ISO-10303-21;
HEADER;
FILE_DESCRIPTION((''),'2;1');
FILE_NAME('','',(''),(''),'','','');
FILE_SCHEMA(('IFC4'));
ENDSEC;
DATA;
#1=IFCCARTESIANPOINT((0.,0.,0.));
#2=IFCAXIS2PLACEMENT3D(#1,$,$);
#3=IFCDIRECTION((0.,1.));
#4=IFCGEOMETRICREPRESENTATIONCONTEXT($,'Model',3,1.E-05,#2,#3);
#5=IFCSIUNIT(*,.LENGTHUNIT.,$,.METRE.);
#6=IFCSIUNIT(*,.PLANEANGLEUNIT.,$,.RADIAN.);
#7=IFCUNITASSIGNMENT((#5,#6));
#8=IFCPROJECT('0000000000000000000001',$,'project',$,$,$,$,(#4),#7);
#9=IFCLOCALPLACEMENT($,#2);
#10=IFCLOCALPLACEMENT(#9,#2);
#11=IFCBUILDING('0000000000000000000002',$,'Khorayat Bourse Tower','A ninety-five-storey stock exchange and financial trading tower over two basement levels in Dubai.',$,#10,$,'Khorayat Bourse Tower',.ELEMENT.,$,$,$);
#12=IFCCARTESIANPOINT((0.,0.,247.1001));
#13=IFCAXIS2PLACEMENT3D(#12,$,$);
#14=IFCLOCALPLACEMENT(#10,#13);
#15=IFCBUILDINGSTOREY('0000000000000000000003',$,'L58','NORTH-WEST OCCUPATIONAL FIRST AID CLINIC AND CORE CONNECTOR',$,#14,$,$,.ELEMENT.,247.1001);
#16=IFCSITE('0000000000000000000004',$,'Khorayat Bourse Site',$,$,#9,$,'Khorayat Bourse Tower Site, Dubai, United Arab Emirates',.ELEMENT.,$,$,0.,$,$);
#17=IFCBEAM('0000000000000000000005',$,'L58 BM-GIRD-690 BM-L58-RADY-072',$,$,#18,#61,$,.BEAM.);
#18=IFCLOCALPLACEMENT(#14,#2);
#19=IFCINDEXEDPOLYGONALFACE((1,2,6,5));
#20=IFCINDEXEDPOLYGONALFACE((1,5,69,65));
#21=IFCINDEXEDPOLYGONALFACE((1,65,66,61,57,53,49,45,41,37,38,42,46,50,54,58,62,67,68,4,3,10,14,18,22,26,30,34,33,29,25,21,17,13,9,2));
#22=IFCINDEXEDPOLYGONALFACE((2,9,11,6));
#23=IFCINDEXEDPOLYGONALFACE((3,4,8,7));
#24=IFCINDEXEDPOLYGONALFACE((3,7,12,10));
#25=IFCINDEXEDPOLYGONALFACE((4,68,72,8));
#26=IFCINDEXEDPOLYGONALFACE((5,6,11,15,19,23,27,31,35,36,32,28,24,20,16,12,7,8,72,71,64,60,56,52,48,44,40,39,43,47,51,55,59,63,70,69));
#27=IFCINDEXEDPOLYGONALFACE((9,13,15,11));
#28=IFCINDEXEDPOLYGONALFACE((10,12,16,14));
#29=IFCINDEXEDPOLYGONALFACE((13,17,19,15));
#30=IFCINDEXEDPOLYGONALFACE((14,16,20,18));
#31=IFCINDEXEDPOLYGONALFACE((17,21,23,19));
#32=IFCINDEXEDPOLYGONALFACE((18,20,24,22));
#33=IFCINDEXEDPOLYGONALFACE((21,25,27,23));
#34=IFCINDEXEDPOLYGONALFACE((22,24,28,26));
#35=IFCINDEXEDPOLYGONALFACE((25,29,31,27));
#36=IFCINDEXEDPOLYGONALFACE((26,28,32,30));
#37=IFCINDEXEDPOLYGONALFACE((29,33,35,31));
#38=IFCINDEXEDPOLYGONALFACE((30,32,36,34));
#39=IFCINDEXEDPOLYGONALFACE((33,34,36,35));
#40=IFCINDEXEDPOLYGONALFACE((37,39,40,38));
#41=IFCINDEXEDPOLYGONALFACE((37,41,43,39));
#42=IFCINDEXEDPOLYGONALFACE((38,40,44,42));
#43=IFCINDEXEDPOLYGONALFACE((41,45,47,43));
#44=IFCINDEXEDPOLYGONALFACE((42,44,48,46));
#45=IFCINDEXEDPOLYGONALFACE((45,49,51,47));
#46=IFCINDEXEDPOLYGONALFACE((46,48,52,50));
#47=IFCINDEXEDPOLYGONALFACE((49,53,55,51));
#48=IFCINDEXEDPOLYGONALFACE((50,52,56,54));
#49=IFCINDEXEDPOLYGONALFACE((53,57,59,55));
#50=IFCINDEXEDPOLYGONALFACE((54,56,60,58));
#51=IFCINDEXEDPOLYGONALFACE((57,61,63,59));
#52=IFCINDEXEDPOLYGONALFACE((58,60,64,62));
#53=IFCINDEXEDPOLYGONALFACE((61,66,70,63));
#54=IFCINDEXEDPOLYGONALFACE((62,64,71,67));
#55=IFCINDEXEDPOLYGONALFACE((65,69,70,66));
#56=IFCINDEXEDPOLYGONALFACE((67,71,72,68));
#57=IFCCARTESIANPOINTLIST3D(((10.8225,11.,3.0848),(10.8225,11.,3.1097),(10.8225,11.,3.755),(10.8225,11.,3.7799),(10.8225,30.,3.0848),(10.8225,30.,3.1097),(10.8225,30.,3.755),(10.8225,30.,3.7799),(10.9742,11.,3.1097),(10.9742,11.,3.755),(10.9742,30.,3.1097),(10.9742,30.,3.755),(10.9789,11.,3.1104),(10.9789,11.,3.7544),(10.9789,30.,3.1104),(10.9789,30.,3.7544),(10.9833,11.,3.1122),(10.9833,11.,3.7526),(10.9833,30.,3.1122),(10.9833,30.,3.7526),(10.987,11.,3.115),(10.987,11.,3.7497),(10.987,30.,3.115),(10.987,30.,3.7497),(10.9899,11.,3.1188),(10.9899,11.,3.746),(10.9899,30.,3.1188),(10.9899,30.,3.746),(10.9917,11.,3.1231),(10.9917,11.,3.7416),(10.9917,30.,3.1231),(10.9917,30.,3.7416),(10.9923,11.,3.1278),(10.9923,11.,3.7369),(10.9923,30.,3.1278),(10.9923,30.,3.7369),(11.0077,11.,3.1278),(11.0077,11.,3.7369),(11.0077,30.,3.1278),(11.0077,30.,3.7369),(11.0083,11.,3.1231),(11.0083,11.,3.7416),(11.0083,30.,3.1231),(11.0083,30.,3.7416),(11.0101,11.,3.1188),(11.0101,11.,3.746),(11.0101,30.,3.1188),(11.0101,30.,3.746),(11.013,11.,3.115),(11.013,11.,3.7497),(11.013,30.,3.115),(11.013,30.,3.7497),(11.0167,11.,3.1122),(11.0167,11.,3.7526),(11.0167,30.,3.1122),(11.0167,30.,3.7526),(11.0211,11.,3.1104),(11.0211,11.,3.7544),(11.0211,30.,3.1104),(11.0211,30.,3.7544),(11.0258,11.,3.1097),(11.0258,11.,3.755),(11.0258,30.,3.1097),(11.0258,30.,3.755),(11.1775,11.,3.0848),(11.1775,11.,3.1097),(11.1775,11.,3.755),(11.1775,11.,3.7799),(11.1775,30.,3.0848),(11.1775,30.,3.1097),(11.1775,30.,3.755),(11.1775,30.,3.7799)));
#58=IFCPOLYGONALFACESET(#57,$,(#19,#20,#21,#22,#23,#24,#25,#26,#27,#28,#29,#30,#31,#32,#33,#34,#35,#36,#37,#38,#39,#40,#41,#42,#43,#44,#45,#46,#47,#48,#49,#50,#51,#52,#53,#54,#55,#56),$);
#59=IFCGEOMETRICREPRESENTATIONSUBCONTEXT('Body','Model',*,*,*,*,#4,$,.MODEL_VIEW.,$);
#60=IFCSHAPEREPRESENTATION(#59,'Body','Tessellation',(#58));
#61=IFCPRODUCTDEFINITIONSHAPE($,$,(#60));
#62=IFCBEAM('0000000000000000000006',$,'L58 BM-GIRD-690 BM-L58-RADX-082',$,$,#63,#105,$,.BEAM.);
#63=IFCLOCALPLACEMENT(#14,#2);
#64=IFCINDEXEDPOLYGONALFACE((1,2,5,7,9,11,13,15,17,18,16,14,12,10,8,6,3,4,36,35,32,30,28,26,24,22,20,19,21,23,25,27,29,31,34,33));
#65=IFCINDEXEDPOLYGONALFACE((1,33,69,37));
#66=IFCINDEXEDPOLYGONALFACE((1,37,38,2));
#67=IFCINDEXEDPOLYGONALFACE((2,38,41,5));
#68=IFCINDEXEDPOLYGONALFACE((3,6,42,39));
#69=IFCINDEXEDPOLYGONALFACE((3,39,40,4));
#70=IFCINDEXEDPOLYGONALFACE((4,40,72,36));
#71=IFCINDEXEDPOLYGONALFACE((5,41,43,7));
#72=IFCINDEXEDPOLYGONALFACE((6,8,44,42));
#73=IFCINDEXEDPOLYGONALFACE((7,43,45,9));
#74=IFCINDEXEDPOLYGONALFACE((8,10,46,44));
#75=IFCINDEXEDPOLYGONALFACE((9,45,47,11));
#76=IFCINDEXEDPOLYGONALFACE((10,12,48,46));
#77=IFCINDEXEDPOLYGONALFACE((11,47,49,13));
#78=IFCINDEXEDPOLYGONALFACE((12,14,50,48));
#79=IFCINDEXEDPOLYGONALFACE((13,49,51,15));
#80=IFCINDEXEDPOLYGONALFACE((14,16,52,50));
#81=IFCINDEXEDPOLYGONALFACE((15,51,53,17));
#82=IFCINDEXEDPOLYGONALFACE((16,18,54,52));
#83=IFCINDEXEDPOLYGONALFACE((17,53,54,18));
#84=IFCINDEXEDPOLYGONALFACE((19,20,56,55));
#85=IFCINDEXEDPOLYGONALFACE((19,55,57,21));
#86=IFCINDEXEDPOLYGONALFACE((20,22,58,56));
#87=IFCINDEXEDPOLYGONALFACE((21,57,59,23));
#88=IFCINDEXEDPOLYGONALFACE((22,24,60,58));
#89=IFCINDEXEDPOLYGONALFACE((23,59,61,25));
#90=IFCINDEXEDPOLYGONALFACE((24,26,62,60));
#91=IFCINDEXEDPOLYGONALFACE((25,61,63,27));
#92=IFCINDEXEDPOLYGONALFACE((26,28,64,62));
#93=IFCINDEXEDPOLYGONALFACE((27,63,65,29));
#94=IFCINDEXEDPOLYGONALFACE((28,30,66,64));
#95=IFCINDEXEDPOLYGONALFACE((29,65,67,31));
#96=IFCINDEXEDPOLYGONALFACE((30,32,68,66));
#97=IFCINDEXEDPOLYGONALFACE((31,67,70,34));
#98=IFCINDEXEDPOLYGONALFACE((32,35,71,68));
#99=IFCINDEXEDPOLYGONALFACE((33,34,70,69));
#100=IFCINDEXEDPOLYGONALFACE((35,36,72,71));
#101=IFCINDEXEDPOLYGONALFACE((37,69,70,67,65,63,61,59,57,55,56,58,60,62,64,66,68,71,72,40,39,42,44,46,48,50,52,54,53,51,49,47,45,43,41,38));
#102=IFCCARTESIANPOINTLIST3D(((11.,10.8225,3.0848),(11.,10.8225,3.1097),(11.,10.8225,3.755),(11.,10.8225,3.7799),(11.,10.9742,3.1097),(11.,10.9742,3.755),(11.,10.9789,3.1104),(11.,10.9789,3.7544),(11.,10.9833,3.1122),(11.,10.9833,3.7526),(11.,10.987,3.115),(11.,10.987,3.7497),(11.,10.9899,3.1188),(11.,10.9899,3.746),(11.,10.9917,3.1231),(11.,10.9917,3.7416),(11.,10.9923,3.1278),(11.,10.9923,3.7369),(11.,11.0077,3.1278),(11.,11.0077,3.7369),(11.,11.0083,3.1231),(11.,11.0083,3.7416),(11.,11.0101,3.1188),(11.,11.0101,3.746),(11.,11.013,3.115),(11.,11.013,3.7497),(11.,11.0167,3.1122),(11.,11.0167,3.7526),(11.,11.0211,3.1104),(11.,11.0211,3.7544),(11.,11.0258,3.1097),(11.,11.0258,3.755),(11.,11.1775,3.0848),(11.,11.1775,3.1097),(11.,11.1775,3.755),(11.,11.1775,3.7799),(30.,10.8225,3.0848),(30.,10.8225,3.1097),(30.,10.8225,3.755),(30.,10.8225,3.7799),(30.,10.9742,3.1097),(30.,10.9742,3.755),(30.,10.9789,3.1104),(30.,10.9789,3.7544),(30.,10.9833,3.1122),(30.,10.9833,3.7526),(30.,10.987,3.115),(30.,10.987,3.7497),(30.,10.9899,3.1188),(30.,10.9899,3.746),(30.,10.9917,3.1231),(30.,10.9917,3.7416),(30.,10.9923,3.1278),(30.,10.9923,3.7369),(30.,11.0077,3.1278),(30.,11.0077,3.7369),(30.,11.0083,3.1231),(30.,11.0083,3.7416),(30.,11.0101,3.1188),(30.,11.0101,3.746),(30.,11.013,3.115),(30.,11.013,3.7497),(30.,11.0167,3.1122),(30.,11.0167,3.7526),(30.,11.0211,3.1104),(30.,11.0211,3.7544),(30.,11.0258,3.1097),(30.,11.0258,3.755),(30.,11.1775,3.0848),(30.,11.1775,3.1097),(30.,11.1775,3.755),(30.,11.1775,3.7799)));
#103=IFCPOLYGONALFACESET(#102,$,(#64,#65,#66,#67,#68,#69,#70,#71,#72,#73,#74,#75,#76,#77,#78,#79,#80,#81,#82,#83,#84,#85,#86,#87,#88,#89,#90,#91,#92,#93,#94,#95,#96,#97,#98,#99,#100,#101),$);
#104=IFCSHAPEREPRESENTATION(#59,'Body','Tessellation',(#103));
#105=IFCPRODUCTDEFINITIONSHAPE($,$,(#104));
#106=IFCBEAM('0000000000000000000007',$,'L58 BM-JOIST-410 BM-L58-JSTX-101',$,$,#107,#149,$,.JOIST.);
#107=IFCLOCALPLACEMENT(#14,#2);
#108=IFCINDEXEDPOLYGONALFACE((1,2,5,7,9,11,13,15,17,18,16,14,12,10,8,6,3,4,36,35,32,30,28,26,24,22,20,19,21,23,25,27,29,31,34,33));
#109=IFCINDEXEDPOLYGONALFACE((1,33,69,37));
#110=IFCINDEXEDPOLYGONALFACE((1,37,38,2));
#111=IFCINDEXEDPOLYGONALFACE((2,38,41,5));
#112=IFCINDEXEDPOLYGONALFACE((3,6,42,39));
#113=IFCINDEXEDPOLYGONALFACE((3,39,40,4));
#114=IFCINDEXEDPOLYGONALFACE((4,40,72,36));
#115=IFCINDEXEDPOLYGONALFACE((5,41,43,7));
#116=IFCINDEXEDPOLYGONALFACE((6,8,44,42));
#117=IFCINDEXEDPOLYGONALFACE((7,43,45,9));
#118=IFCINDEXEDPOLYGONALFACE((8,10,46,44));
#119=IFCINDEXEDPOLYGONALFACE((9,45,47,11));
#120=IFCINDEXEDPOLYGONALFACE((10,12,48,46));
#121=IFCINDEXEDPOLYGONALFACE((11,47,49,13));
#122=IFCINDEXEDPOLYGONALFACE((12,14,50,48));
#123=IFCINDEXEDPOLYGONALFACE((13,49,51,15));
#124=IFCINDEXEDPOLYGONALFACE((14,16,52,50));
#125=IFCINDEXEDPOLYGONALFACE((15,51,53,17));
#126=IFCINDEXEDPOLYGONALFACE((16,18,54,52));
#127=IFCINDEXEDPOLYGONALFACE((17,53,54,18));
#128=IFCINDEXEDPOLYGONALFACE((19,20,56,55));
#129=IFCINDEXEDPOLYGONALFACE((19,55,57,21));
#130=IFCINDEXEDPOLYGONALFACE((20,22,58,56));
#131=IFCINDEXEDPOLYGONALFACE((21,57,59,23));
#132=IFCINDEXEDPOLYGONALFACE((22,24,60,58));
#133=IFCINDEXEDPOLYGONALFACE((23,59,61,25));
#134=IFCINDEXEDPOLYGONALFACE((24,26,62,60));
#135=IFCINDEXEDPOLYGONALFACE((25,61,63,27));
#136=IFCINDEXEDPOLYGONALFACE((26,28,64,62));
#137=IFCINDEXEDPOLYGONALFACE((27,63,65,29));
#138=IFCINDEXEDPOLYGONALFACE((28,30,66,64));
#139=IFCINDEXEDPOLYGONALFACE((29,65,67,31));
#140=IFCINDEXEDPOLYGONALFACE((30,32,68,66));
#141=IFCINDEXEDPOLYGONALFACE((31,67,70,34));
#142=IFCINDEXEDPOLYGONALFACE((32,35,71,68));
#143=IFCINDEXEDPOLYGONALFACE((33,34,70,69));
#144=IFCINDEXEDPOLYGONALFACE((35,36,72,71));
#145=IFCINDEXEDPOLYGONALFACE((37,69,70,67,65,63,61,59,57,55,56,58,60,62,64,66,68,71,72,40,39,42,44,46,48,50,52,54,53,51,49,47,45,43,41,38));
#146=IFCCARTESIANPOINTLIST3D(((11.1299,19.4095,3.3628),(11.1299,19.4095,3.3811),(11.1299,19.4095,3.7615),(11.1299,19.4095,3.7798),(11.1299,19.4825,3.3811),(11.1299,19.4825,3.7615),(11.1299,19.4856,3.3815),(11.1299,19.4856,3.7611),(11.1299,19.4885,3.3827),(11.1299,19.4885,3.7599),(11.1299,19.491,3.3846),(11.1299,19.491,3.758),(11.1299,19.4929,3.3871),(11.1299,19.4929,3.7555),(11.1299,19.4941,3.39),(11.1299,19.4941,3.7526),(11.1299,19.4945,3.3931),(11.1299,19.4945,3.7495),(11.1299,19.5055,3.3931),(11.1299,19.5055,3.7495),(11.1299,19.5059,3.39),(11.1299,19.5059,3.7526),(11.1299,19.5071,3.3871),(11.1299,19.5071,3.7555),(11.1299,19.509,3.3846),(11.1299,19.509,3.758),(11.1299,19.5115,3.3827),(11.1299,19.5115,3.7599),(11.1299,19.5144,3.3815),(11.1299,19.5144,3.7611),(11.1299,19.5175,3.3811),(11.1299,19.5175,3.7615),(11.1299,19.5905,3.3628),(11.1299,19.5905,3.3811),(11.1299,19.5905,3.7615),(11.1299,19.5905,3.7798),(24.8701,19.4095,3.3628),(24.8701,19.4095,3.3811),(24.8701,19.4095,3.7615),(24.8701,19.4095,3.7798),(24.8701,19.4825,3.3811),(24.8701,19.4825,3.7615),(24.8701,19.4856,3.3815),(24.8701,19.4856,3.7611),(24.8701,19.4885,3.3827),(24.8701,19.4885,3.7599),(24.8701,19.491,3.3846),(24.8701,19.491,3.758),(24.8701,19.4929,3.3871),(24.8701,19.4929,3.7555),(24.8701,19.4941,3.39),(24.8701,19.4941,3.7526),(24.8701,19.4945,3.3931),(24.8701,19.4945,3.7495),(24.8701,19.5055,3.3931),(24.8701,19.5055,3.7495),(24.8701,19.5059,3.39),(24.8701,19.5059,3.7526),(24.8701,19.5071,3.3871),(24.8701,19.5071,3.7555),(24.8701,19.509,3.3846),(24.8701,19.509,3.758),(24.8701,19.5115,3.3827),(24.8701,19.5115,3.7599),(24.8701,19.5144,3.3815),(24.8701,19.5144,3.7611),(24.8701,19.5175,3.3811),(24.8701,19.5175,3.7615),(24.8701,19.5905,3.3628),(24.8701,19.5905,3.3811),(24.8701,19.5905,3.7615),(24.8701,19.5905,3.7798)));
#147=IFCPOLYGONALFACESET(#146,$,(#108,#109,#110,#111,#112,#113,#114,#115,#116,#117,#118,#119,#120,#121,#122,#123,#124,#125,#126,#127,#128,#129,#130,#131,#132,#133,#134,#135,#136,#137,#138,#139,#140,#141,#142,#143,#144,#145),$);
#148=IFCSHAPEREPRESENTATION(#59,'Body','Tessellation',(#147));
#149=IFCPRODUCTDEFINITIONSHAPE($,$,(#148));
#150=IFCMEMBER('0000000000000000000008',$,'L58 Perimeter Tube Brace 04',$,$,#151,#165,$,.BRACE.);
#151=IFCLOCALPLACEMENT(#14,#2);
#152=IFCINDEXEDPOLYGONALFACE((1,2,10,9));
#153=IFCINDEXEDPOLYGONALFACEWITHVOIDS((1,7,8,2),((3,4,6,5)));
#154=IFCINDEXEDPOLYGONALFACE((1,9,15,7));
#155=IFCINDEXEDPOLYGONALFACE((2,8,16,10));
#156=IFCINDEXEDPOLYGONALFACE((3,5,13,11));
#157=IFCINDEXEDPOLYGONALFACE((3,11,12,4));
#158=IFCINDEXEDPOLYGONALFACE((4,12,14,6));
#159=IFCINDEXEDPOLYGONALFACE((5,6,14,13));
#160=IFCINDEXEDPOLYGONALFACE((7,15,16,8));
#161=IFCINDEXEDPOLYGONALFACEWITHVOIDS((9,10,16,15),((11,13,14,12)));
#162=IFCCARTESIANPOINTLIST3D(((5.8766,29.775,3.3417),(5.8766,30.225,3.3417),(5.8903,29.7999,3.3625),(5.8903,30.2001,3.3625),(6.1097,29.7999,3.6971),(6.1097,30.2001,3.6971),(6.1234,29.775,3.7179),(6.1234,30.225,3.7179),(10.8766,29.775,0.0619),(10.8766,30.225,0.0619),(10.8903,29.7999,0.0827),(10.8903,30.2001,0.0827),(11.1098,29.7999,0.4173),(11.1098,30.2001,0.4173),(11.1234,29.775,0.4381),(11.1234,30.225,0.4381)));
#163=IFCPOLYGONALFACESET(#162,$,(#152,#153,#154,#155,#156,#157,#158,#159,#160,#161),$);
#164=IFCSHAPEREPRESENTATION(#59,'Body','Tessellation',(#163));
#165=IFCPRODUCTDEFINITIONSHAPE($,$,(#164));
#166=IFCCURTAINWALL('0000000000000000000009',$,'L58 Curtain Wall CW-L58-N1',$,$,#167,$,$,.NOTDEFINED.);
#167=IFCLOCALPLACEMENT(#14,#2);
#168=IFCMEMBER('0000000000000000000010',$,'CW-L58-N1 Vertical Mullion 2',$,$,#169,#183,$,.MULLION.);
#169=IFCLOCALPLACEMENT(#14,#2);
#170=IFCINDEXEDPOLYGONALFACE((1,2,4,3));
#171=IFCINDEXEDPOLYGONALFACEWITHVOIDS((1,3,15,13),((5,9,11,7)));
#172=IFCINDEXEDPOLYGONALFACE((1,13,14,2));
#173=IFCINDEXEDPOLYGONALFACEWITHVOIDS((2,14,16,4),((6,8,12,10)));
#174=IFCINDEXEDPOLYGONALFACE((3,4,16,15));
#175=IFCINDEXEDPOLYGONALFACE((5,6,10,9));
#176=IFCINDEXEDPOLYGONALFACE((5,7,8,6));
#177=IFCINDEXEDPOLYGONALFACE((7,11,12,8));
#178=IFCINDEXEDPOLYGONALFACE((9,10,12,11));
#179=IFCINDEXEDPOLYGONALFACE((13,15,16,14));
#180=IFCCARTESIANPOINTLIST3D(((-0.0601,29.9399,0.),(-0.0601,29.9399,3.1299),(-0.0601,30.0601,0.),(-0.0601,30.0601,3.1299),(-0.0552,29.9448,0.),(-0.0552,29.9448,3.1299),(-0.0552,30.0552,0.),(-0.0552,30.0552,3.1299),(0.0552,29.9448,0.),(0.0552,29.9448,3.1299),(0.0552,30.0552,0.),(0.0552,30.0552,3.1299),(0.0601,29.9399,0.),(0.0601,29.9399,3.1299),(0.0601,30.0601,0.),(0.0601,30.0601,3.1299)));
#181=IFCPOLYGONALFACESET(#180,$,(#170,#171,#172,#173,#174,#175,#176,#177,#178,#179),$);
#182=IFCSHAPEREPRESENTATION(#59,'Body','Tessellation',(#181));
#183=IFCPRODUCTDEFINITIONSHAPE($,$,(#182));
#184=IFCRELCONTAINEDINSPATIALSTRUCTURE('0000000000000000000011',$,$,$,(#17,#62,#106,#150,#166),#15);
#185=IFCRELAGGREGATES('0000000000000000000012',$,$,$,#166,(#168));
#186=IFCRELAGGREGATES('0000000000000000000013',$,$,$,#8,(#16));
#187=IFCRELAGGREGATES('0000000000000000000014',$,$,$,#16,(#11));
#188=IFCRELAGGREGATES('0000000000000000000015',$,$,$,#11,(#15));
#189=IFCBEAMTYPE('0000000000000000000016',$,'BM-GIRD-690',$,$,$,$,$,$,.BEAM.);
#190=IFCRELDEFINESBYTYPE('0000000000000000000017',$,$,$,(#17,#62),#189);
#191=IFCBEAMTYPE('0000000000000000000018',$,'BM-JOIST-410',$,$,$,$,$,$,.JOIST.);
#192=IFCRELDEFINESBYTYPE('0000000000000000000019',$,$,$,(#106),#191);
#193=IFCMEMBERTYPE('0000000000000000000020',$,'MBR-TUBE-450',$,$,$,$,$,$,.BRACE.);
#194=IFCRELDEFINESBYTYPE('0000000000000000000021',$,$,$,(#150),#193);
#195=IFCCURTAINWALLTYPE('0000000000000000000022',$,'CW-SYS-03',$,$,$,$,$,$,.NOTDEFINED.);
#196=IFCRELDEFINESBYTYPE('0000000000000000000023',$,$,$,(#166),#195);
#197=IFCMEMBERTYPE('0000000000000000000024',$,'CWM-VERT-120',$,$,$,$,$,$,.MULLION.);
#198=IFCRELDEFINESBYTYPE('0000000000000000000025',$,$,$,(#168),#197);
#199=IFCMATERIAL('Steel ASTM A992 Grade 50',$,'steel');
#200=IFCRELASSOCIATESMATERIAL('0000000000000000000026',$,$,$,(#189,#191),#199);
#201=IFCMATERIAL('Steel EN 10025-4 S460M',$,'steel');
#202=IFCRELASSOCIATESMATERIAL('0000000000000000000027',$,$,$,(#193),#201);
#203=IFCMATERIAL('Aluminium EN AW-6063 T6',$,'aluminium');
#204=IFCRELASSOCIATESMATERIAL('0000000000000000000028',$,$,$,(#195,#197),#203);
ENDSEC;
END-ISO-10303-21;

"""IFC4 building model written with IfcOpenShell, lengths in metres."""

from ifc_helpers import new_model, si_unit, direction, frame, origin, origin_2d, place, context, subcontext, project, spatial, hollow_rectangle, i_section, extrude, source, transform, mapped, material, material_profile, profile_set, type_object, element, aggregate, save


model = new_model("IFC4")

# Units and contexts
model_context = context("Model", 3, precision=1e-05, world=origin(), true_north=direction((0.0, 1.0)))
body_context = subcontext(model_context, "Body", "Model", "MODEL_VIEW")
ifc_project = project(units=[si_unit("LENGTHUNIT", "METRE"), si_unit("PLANEANGLEUNIT", "RADIAN")], contexts=[model_context])

# Site, building, storey
site_placement = place(None, origin())
site = spatial("IfcSite", under=ifc_project, at=site_placement, Name="Khorayat Bourse Site", LongName="Khorayat Bourse Tower Site, Dubai, United Arab Emirates", CompositionType="ELEMENT", RefElevation=0.0)
building_placement = place(site_placement, origin())
building = spatial("IfcBuilding", under=site, at=building_placement, Name="Khorayat Bourse Tower", Description="A ninety-five-storey stock exchange and financial trading tower over two basement levels in Dubai.", LongName="Khorayat Bourse Tower", CompositionType="ELEMENT")
storey_placement = place(building_placement, frame((0.0, 0.0, 247.1001)))
storey = spatial("IfcBuildingStorey", under=building, at=storey_placement, Name="L58", Description="NORTH-WEST OCCUPATIONAL FIRST AID CLINIC AND CORE CONNECTOR", CompositionType="ELEMENT", Elevation=247.1001)

# Shared definitions
ifc_material_1 = material(Name="Steel EN 10025-4 S460M", Category="steel")

# Beams
ifc_material_2 = material(Name="Steel ASTM A992 Grade 50", Category="steel")
ifc_material_profile_1 = material_profile(ifc_material_2, i_section(OverallWidth=0.355, OverallDepth=0.6951, WebThickness=0.0154, FlangeThickness=0.0249, FilletRadius=0.0181, at=origin_2d()), Name="W690X217")
ifc_profile_set_1 = profile_set([ifc_material_profile_1], Name="Steel ASTM A992 Grade 50")
beam_type_1 = type_object("IfcBeamType", Name="BM-GIRD-690", PredefinedType="BEAM", material=ifc_profile_set_1)
shared_shape_1 = source(origin(), body_context, "Body", "SweptSolid", [
    extrude(i_section(OverallWidth=0.355, OverallDepth=0.6951, WebThickness=0.0154, FlangeThickness=0.0249, FilletRadius=0.0181, at=origin_2d()), origin(), (0.0, 0.0, 1.0), 19.0),
])
for number, where, z_axis, x_axis, name in (
    (1, (11.0, 11.0, 3.4324), (0.0, 1.0, 0.0), (-1.0, 0.0, 0.0), "L58 BM-GIRD-690 BM-L58-RADY-072"),
    (2, (11.0, 11.0, 3.4324), (1.0, 0.0, 0.0), (0.0, 1.0, 0.0), "L58 BM-GIRD-690 BM-L58-RADX-082"),
):
    element("IfcBeam", number, at=place(storey_placement, frame(where, z_axis=z_axis, x_axis=x_axis)), inside=storey, type_object=beam_type_1, Name=name, PredefinedType="BEAM", context=body_context, shape_type="MappedRepresentation", body=[
        mapped(shared_shape_1, transform((0.0, 0.0, 0.0), scale=1.0)),
    ])
ifc_material_profile_2 = material_profile(ifc_material_2, i_section(OverallWidth=0.1809, OverallDepth=0.417, WebThickness=0.011, FlangeThickness=0.0183, FilletRadius=0.012, at=origin_2d()), Name="W410X85")
ifc_profile_set_2 = profile_set([ifc_material_profile_2], Name="Steel ASTM A992 Grade 50")
beam_type_2 = type_object("IfcBeamType", Name="BM-JOIST-410", PredefinedType="JOIST", material=ifc_profile_set_2)
shared_shape_2 = source(origin(), body_context, "Body", "SweptSolid", [
    extrude(i_section(OverallWidth=0.1809, OverallDepth=0.417, WebThickness=0.011, FlangeThickness=0.0183, FilletRadius=0.012, at=origin_2d()), origin(), (0.0, 0.0, 1.0), 13.7402),
])
beam_1_placement = place(storey_placement, frame((11.1299, 19.5, 3.5713), z_axis=(1.0, 0.0, 0.0), x_axis=(0.0, 1.0, 0.0)))
element("IfcBeam", 3, at=beam_1_placement, inside=storey, type_object=beam_type_2, Name="L58 BM-JOIST-410 BM-L58-JSTX-101", PredefinedType="JOIST", context=body_context, shape_type="MappedRepresentation", body=[
    mapped(shared_shape_2, transform((0.0, 0.0, 0.0), scale=1.0)),
])

# Member
ifc_material_profile_3 = material_profile(ifc_material_1, hollow_rectangle(XDim=0.45, YDim=0.45, WallThickness=0.0249, at=origin_2d()), Name="HSS 450x450x25")
ifc_profile_set_3 = profile_set([ifc_material_profile_3], Name="Steel EN 10025-4 S460M")
member_type_1 = type_object("IfcMemberType", Name="MBR-TUBE-450", PredefinedType="BRACE", material=ifc_profile_set_3)
shared_shape_3 = source(origin(), body_context, "Body", "SweptSolid", [
    extrude(hollow_rectangle(XDim=0.45, YDim=0.45, WallThickness=0.0249, at=origin_2d()), origin(), (0.0, 0.0, 1.0), 5.9797),
])
member_1_placement = place(storey_placement, frame((6.0, 30.0, 3.5298), z_axis=(0.83616, 0.0, -0.548485), x_axis=(0.0, 1.0, 0.0)))
element("IfcMember", 4, at=member_1_placement, inside=storey, type_object=member_type_1, Name="L58 Perimeter Tube Brace 04", PredefinedType="BRACE", context=body_context, shape_type="MappedRepresentation", body=[
    mapped(shared_shape_3, transform((0.0, 0.0, 0.0), scale=1.0)),
])

# Curtain wall, member
ifc_material_3 = material(Name="Aluminium EN AW-6063 T6", Category="aluminium")
curtain_wall_type = type_object("IfcCurtainWallType", Name="CW-SYS-03", PredefinedType="NOTDEFINED", material=ifc_material_3)
curtain_wall_placement = place(storey_placement, origin())
curtain_wall = element("IfcCurtainWall", 5, at=curtain_wall_placement, inside=storey, type_object=curtain_wall_type, Name="L58 Curtain Wall CW-L58-N1", PredefinedType="NOTDEFINED")
ifc_material_profile_4 = material_profile(ifc_material_3, hollow_rectangle(XDim=0.1201, YDim=0.1201, WallThickness=0.0049, at=origin_2d()), Name="ALU 120x120x5")
ifc_profile_set_4 = profile_set([ifc_material_profile_4], Name="Aluminium EN AW-6063 T6")
member_type_2 = type_object("IfcMemberType", Name="CWM-VERT-120", PredefinedType="MULLION", material=ifc_profile_set_4)
shared_shape_4 = source(origin(), body_context, "Body", "SweptSolid", [
    extrude(hollow_rectangle(XDim=0.1201, YDim=0.1201, WallThickness=0.0049, at=origin_2d()), origin(), (0.0, 0.0, 1.0), 3.1299),
])
member_2_placement = place(storey_placement, frame((0.0, 30.0, 0.0), z_axis=(0.0, 0.0, 1.0), x_axis=(0.0, 1.0, 0.0)))
member_2 = element("IfcMember", 6, at=member_2_placement, type_object=member_type_2, Name="CW-L58-N1 Vertical Mullion 2", PredefinedType="MULLION", context=body_context, shape_type="MappedRepresentation", body=[
    mapped(shared_shape_4, transform((0.0, 0.0, 0.0), scale=1.0)),
])

aggregate(curtain_wall, [member_2])

save(model, "model.ifc")
